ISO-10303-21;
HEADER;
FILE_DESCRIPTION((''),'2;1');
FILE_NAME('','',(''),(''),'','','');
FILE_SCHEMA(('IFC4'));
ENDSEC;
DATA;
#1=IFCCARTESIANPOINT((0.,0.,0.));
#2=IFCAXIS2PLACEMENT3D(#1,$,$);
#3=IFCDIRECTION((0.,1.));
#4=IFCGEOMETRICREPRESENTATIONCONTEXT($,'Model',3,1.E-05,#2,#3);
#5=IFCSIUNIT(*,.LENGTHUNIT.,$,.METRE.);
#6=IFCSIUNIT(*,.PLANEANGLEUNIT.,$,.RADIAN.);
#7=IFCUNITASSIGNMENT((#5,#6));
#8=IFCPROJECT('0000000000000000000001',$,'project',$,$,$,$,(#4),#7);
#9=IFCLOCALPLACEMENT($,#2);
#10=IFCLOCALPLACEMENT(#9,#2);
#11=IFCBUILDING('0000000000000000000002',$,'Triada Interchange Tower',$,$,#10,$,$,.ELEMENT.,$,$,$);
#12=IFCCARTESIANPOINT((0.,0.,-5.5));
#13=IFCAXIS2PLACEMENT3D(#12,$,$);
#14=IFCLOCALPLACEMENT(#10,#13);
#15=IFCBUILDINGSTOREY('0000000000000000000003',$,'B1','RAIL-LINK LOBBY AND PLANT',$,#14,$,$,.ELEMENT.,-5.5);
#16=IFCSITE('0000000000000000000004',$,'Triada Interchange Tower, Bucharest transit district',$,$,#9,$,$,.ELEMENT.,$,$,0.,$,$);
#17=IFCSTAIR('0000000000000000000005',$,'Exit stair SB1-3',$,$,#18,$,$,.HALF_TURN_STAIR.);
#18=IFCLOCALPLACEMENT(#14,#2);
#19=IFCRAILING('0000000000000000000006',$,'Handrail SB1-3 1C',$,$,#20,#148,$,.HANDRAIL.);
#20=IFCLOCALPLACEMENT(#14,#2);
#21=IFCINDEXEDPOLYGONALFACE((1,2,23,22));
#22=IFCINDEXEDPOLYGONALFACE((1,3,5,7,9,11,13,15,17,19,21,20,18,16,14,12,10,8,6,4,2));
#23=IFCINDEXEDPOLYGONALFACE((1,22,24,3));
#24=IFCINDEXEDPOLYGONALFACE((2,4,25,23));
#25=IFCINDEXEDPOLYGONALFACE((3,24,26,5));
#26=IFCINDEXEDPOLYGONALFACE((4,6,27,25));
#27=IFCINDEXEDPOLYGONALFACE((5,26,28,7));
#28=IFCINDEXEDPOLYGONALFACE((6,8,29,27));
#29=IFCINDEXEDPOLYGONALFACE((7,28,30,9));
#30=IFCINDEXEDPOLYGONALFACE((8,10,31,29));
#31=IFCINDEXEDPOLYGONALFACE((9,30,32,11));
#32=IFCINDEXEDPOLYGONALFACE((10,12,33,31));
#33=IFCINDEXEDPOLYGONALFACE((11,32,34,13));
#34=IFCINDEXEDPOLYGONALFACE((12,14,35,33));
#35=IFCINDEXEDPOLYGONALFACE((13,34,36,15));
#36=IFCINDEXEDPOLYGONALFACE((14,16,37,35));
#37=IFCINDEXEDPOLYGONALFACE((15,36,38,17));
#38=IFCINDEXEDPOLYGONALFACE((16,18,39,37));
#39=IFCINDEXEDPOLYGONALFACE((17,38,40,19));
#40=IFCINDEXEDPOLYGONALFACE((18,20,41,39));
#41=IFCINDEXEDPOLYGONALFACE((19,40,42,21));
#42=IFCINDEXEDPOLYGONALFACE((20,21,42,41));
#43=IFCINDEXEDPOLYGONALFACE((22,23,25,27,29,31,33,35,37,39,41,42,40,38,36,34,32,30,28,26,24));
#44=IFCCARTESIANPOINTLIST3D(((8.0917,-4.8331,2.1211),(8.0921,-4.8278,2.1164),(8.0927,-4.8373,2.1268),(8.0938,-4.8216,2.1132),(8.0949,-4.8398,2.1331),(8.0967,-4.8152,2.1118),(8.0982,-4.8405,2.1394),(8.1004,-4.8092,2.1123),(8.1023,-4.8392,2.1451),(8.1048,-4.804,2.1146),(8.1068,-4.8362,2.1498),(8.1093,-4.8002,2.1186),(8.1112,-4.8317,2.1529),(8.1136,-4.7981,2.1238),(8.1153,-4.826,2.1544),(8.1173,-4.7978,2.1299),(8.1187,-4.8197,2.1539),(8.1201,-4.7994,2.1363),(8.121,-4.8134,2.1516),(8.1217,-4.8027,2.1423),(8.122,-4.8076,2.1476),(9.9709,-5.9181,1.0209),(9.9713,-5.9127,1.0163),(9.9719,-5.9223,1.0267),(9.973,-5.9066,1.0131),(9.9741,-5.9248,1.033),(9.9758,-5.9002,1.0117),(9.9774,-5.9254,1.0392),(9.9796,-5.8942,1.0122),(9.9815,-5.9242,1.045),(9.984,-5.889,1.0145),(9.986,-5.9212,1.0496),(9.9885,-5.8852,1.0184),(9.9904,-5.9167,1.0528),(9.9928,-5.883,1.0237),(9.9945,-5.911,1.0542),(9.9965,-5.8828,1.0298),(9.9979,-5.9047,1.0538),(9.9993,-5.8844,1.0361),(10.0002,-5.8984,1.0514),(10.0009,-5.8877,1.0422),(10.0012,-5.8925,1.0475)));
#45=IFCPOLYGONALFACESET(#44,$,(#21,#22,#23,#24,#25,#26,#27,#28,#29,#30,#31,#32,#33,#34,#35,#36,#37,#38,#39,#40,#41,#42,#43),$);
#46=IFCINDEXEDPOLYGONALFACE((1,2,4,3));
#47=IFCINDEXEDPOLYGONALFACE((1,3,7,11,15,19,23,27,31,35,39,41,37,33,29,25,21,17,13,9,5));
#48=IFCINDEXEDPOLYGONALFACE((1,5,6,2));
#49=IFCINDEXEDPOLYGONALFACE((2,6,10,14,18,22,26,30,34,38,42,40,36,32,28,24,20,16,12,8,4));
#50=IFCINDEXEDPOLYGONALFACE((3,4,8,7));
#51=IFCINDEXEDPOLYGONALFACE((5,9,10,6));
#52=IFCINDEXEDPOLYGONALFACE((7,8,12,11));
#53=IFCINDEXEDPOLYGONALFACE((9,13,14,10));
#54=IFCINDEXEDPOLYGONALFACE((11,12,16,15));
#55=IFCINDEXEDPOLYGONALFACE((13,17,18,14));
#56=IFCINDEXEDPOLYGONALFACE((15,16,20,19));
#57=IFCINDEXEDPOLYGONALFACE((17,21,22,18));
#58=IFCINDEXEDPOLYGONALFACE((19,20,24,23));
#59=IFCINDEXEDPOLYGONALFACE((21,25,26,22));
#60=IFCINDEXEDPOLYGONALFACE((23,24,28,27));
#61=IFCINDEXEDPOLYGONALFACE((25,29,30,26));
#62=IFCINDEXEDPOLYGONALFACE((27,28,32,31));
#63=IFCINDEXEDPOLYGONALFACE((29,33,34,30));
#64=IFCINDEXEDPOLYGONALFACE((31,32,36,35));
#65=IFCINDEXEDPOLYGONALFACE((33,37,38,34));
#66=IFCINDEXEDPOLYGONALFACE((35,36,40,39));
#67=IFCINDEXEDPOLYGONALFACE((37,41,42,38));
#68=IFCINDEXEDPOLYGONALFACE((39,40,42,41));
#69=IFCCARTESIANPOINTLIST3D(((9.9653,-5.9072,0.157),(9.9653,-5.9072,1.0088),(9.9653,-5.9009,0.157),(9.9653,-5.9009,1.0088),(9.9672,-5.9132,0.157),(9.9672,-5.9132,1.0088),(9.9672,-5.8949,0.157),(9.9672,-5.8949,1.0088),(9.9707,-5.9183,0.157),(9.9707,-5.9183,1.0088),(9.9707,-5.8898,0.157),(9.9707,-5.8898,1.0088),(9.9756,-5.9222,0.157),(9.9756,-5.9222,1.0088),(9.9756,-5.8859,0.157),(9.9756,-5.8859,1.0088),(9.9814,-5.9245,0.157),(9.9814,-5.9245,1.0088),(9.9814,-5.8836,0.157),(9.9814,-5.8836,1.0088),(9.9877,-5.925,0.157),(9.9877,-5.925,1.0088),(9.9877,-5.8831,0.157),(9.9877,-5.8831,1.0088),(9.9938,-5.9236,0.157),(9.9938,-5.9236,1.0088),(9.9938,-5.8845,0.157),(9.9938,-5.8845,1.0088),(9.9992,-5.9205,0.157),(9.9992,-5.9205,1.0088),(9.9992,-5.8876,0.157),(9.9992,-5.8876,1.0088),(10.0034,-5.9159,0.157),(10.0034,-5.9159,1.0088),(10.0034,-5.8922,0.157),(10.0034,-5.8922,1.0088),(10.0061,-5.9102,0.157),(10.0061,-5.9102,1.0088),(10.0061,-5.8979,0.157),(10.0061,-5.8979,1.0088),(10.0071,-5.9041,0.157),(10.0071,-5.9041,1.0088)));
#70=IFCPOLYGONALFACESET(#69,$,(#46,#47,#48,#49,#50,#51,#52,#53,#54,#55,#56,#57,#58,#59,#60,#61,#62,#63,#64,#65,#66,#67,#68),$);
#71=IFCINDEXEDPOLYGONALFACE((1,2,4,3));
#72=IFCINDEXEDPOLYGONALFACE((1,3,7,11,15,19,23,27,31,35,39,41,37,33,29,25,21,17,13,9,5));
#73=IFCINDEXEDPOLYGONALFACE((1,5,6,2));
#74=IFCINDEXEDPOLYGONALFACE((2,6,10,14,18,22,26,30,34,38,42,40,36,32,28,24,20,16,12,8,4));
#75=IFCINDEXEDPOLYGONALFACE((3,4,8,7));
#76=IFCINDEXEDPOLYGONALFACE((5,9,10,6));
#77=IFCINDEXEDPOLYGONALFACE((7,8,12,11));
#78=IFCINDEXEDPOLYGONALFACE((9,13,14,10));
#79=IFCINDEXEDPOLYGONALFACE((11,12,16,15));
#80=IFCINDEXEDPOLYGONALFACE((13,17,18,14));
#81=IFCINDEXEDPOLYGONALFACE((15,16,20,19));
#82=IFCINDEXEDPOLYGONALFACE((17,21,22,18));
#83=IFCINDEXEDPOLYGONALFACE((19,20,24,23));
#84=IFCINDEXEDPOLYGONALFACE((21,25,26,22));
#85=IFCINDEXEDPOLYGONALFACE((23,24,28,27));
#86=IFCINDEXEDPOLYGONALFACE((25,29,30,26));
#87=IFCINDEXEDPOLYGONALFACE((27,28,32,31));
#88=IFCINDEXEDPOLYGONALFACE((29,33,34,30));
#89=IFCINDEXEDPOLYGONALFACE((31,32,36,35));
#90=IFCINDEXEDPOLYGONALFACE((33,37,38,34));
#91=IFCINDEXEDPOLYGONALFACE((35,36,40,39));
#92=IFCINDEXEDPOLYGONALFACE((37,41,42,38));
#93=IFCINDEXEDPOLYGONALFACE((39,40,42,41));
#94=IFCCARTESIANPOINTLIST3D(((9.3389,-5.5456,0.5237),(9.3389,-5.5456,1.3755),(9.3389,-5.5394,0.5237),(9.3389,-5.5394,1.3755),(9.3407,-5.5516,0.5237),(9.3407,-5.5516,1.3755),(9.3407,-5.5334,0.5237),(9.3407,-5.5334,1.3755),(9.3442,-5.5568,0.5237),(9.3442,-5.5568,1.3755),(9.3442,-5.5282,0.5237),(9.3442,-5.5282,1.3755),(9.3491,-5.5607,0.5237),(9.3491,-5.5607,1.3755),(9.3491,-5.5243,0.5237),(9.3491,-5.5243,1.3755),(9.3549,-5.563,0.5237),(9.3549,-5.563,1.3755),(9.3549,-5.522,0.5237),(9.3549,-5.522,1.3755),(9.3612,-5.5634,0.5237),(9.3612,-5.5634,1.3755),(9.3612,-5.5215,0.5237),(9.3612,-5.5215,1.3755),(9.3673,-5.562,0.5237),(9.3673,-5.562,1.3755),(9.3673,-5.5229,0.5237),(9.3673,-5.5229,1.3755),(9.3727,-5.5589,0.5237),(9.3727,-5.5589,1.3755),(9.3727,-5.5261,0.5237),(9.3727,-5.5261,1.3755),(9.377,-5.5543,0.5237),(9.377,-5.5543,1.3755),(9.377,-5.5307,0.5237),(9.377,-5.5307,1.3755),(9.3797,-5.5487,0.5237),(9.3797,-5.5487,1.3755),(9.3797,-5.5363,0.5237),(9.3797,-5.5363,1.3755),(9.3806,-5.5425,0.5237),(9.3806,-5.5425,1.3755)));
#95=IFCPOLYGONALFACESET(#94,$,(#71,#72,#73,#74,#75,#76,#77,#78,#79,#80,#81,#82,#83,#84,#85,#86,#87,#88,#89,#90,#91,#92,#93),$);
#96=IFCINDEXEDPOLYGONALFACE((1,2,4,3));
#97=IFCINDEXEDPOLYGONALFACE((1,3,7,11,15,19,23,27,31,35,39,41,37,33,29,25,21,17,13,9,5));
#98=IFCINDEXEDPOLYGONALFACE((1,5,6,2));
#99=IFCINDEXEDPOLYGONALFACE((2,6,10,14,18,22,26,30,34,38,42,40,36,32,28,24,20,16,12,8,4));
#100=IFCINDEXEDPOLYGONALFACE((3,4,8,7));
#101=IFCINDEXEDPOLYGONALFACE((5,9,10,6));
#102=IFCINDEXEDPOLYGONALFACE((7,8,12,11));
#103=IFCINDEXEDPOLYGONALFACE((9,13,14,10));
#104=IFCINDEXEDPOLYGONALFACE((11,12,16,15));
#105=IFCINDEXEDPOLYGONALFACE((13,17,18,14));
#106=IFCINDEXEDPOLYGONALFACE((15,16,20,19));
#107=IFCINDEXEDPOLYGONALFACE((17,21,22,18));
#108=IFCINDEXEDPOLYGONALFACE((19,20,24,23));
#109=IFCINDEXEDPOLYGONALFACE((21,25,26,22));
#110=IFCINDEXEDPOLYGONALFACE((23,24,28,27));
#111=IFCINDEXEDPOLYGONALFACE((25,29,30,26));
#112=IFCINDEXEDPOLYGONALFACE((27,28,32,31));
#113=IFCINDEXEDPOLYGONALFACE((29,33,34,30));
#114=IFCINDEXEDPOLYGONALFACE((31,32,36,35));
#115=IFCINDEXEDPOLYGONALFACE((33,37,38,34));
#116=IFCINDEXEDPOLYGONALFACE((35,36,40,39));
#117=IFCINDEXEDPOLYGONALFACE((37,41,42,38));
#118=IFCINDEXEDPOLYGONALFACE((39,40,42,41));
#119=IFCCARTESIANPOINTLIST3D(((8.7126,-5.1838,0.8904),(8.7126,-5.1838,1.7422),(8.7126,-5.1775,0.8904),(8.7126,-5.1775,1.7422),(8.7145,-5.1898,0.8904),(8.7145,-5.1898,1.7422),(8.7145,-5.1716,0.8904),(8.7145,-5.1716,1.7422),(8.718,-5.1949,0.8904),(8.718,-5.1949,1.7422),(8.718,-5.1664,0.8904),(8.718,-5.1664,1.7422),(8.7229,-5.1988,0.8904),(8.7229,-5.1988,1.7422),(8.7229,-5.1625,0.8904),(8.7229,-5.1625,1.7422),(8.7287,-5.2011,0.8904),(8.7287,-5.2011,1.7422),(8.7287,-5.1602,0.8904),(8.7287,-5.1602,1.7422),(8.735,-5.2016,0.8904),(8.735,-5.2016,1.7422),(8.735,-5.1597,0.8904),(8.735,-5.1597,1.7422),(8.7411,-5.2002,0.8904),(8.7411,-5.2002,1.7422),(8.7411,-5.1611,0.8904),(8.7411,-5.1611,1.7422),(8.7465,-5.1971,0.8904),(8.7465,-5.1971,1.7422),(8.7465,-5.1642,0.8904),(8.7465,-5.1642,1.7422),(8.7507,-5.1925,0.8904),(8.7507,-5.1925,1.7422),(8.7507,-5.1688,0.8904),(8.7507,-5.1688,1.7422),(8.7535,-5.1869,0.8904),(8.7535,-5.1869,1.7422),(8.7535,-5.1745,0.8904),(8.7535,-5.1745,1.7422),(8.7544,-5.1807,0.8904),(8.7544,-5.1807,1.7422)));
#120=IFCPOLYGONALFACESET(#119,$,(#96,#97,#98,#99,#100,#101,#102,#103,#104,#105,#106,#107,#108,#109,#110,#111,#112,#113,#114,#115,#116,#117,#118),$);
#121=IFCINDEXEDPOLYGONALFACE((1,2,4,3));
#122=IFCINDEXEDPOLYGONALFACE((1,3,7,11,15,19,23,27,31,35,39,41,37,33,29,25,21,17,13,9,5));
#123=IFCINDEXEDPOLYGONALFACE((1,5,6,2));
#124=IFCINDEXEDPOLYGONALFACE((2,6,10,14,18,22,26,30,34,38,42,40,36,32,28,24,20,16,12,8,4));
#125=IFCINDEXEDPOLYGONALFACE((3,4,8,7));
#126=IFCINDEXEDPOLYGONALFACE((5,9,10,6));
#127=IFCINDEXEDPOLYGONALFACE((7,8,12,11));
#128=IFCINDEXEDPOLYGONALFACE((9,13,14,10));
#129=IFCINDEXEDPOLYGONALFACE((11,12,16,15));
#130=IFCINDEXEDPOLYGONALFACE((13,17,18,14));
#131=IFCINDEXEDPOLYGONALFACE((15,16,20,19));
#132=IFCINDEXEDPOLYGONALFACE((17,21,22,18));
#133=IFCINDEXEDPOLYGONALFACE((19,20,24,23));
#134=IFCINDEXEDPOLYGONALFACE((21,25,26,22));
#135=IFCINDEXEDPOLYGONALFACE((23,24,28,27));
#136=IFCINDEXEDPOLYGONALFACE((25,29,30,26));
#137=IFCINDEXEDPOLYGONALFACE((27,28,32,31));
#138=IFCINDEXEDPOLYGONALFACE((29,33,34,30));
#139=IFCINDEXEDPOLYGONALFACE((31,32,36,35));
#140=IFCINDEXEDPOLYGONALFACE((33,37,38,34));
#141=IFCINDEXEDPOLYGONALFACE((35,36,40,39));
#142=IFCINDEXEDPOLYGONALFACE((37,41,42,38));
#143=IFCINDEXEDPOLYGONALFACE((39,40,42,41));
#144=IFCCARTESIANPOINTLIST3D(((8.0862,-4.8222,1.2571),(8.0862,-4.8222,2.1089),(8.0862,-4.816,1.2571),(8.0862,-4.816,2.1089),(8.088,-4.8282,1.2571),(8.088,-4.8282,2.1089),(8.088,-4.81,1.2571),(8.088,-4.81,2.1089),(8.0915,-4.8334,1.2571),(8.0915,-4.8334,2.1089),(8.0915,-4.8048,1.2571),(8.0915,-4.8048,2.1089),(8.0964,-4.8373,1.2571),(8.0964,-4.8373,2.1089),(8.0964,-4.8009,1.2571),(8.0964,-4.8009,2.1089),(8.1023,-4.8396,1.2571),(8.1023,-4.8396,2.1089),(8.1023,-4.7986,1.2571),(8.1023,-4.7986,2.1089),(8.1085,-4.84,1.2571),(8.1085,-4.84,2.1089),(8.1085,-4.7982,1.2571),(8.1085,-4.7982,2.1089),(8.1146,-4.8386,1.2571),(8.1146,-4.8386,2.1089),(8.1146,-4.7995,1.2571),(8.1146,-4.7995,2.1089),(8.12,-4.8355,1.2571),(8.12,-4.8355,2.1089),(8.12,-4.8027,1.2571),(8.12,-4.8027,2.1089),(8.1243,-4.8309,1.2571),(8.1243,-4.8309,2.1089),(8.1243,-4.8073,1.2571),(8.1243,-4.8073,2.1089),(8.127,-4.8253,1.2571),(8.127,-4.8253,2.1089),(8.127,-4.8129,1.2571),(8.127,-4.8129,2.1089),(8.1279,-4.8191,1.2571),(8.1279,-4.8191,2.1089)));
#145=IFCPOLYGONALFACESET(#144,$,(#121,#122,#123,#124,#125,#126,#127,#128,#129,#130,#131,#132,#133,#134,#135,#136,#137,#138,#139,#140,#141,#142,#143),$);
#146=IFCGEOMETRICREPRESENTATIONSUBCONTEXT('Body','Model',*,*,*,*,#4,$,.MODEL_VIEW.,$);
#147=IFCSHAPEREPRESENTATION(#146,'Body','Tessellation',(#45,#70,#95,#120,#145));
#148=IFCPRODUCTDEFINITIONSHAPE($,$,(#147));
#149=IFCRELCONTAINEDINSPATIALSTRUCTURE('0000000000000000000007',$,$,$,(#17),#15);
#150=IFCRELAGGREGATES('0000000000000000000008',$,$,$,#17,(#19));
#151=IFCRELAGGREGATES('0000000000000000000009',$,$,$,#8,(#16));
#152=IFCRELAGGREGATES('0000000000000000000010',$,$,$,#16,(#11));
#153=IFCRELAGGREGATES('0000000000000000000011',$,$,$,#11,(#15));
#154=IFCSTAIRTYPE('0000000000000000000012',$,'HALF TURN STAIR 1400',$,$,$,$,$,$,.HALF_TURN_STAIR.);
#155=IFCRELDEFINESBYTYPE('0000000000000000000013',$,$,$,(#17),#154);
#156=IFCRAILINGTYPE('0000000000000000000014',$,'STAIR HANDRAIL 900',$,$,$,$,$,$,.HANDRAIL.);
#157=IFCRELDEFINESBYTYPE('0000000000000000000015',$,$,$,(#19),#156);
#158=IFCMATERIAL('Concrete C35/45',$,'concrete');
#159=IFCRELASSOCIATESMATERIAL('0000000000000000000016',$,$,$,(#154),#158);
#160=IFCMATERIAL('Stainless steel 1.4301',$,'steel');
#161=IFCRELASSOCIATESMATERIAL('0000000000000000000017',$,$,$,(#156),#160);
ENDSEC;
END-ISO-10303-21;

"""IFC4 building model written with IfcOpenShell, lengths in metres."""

from ifc_helpers import new_model, si_unit, direction, frame, origin, origin_2d, place, context, subcontext, project, spatial, circle, extrude, material, type_object, element, aggregate, save


model = new_model("IFC4")

# Units and contexts
model_context = context("Model", 3, precision=1e-05, world=origin(), true_north=direction((0.0, 1.0)))
body_context = subcontext(model_context, "Body", "Model", "MODEL_VIEW")
ifc_project = project(units=[si_unit("LENGTHUNIT", "METRE"), si_unit("PLANEANGLEUNIT", "RADIAN")], contexts=[model_context])

# Site, building, storey
site_placement = place(None, origin())
site = spatial("IfcSite", under=ifc_project, at=site_placement, Name="Triada Interchange Tower, Bucharest transit district", CompositionType="ELEMENT", RefElevation=0.0)
building_placement = place(site_placement, origin())
building = spatial("IfcBuilding", under=site, at=building_placement, Name="Triada Interchange Tower", CompositionType="ELEMENT")
storey_placement = place(building_placement, frame((0.0, 0.0, -5.5)))
storey = spatial("IfcBuildingStorey", under=building, at=storey_placement, Name="B1", Description="RAIL-LINK LOBBY AND PLANT", CompositionType="ELEMENT", Elevation=-5.5)

# Shared definitions
ifc_material_1 = material(Name="Concrete C35/45", Category="concrete")

# Shared definitions
stair_type = type_object("IfcStairType", Name="HALF TURN STAIR 1400", PredefinedType="HALF_TURN_STAIR", material=ifc_material_1)

# Stair, railing
stair_1_placement = place(storey_placement, origin())
stair_1 = element("IfcStair", 1, at=stair_1_placement, inside=storey, type_object=stair_type, Name="Exit stair SB1-3", PredefinedType="HALF_TURN_STAIR")
ifc_material_2 = material(Name="Stainless steel 1.4301", Category="steel")
railing_type_1 = type_object("IfcRailingType", Name="STAIR HANDRAIL 900", PredefinedType="HANDRAIL", material=ifc_material_2)
railing_1_placement = place(storey_placement, frame((9.9861, -5.9041, 0.157)))
railing_1 = element("IfcRailing", 2, at=railing_1_placement, type_object=railing_type_1, Name="Handrail SB1-3 1C", PredefinedType="HANDRAIL", context=body_context, shape_type="SweptSolid", body=[
    extrude(circle(Radius=0.0239, at=origin_2d()), frame((0.0, 0.0, 0.876), z_axis=(-0.77242, 0.44597, 0.452192), x_axis=(-0.500011, -0.866019, 0.0)), (0.0, 0.0, 1.0), 2.4329),
    extrude(circle(Radius=0.021, at=origin_2d()), origin(), (0.0, 0.0, 1.0), 0.8518),
    extrude(circle(Radius=0.021, at=origin_2d()), frame((-0.6265, 0.3616, 0.3667)), (0.0, 0.0, 1.0), 0.8518),
    extrude(circle(Radius=0.021, at=origin_2d()), frame((-1.2527, 0.7234, 0.7334)), (0.0, 0.0, 1.0), 0.8518),
    extrude(circle(Radius=0.021, at=origin_2d()), frame((-1.8792, 1.085, 1.1001)), (0.0, 0.0, 1.0), 0.8518),
])
aggregate(stair_1, [railing_1])

save(model, "model.ifc")
